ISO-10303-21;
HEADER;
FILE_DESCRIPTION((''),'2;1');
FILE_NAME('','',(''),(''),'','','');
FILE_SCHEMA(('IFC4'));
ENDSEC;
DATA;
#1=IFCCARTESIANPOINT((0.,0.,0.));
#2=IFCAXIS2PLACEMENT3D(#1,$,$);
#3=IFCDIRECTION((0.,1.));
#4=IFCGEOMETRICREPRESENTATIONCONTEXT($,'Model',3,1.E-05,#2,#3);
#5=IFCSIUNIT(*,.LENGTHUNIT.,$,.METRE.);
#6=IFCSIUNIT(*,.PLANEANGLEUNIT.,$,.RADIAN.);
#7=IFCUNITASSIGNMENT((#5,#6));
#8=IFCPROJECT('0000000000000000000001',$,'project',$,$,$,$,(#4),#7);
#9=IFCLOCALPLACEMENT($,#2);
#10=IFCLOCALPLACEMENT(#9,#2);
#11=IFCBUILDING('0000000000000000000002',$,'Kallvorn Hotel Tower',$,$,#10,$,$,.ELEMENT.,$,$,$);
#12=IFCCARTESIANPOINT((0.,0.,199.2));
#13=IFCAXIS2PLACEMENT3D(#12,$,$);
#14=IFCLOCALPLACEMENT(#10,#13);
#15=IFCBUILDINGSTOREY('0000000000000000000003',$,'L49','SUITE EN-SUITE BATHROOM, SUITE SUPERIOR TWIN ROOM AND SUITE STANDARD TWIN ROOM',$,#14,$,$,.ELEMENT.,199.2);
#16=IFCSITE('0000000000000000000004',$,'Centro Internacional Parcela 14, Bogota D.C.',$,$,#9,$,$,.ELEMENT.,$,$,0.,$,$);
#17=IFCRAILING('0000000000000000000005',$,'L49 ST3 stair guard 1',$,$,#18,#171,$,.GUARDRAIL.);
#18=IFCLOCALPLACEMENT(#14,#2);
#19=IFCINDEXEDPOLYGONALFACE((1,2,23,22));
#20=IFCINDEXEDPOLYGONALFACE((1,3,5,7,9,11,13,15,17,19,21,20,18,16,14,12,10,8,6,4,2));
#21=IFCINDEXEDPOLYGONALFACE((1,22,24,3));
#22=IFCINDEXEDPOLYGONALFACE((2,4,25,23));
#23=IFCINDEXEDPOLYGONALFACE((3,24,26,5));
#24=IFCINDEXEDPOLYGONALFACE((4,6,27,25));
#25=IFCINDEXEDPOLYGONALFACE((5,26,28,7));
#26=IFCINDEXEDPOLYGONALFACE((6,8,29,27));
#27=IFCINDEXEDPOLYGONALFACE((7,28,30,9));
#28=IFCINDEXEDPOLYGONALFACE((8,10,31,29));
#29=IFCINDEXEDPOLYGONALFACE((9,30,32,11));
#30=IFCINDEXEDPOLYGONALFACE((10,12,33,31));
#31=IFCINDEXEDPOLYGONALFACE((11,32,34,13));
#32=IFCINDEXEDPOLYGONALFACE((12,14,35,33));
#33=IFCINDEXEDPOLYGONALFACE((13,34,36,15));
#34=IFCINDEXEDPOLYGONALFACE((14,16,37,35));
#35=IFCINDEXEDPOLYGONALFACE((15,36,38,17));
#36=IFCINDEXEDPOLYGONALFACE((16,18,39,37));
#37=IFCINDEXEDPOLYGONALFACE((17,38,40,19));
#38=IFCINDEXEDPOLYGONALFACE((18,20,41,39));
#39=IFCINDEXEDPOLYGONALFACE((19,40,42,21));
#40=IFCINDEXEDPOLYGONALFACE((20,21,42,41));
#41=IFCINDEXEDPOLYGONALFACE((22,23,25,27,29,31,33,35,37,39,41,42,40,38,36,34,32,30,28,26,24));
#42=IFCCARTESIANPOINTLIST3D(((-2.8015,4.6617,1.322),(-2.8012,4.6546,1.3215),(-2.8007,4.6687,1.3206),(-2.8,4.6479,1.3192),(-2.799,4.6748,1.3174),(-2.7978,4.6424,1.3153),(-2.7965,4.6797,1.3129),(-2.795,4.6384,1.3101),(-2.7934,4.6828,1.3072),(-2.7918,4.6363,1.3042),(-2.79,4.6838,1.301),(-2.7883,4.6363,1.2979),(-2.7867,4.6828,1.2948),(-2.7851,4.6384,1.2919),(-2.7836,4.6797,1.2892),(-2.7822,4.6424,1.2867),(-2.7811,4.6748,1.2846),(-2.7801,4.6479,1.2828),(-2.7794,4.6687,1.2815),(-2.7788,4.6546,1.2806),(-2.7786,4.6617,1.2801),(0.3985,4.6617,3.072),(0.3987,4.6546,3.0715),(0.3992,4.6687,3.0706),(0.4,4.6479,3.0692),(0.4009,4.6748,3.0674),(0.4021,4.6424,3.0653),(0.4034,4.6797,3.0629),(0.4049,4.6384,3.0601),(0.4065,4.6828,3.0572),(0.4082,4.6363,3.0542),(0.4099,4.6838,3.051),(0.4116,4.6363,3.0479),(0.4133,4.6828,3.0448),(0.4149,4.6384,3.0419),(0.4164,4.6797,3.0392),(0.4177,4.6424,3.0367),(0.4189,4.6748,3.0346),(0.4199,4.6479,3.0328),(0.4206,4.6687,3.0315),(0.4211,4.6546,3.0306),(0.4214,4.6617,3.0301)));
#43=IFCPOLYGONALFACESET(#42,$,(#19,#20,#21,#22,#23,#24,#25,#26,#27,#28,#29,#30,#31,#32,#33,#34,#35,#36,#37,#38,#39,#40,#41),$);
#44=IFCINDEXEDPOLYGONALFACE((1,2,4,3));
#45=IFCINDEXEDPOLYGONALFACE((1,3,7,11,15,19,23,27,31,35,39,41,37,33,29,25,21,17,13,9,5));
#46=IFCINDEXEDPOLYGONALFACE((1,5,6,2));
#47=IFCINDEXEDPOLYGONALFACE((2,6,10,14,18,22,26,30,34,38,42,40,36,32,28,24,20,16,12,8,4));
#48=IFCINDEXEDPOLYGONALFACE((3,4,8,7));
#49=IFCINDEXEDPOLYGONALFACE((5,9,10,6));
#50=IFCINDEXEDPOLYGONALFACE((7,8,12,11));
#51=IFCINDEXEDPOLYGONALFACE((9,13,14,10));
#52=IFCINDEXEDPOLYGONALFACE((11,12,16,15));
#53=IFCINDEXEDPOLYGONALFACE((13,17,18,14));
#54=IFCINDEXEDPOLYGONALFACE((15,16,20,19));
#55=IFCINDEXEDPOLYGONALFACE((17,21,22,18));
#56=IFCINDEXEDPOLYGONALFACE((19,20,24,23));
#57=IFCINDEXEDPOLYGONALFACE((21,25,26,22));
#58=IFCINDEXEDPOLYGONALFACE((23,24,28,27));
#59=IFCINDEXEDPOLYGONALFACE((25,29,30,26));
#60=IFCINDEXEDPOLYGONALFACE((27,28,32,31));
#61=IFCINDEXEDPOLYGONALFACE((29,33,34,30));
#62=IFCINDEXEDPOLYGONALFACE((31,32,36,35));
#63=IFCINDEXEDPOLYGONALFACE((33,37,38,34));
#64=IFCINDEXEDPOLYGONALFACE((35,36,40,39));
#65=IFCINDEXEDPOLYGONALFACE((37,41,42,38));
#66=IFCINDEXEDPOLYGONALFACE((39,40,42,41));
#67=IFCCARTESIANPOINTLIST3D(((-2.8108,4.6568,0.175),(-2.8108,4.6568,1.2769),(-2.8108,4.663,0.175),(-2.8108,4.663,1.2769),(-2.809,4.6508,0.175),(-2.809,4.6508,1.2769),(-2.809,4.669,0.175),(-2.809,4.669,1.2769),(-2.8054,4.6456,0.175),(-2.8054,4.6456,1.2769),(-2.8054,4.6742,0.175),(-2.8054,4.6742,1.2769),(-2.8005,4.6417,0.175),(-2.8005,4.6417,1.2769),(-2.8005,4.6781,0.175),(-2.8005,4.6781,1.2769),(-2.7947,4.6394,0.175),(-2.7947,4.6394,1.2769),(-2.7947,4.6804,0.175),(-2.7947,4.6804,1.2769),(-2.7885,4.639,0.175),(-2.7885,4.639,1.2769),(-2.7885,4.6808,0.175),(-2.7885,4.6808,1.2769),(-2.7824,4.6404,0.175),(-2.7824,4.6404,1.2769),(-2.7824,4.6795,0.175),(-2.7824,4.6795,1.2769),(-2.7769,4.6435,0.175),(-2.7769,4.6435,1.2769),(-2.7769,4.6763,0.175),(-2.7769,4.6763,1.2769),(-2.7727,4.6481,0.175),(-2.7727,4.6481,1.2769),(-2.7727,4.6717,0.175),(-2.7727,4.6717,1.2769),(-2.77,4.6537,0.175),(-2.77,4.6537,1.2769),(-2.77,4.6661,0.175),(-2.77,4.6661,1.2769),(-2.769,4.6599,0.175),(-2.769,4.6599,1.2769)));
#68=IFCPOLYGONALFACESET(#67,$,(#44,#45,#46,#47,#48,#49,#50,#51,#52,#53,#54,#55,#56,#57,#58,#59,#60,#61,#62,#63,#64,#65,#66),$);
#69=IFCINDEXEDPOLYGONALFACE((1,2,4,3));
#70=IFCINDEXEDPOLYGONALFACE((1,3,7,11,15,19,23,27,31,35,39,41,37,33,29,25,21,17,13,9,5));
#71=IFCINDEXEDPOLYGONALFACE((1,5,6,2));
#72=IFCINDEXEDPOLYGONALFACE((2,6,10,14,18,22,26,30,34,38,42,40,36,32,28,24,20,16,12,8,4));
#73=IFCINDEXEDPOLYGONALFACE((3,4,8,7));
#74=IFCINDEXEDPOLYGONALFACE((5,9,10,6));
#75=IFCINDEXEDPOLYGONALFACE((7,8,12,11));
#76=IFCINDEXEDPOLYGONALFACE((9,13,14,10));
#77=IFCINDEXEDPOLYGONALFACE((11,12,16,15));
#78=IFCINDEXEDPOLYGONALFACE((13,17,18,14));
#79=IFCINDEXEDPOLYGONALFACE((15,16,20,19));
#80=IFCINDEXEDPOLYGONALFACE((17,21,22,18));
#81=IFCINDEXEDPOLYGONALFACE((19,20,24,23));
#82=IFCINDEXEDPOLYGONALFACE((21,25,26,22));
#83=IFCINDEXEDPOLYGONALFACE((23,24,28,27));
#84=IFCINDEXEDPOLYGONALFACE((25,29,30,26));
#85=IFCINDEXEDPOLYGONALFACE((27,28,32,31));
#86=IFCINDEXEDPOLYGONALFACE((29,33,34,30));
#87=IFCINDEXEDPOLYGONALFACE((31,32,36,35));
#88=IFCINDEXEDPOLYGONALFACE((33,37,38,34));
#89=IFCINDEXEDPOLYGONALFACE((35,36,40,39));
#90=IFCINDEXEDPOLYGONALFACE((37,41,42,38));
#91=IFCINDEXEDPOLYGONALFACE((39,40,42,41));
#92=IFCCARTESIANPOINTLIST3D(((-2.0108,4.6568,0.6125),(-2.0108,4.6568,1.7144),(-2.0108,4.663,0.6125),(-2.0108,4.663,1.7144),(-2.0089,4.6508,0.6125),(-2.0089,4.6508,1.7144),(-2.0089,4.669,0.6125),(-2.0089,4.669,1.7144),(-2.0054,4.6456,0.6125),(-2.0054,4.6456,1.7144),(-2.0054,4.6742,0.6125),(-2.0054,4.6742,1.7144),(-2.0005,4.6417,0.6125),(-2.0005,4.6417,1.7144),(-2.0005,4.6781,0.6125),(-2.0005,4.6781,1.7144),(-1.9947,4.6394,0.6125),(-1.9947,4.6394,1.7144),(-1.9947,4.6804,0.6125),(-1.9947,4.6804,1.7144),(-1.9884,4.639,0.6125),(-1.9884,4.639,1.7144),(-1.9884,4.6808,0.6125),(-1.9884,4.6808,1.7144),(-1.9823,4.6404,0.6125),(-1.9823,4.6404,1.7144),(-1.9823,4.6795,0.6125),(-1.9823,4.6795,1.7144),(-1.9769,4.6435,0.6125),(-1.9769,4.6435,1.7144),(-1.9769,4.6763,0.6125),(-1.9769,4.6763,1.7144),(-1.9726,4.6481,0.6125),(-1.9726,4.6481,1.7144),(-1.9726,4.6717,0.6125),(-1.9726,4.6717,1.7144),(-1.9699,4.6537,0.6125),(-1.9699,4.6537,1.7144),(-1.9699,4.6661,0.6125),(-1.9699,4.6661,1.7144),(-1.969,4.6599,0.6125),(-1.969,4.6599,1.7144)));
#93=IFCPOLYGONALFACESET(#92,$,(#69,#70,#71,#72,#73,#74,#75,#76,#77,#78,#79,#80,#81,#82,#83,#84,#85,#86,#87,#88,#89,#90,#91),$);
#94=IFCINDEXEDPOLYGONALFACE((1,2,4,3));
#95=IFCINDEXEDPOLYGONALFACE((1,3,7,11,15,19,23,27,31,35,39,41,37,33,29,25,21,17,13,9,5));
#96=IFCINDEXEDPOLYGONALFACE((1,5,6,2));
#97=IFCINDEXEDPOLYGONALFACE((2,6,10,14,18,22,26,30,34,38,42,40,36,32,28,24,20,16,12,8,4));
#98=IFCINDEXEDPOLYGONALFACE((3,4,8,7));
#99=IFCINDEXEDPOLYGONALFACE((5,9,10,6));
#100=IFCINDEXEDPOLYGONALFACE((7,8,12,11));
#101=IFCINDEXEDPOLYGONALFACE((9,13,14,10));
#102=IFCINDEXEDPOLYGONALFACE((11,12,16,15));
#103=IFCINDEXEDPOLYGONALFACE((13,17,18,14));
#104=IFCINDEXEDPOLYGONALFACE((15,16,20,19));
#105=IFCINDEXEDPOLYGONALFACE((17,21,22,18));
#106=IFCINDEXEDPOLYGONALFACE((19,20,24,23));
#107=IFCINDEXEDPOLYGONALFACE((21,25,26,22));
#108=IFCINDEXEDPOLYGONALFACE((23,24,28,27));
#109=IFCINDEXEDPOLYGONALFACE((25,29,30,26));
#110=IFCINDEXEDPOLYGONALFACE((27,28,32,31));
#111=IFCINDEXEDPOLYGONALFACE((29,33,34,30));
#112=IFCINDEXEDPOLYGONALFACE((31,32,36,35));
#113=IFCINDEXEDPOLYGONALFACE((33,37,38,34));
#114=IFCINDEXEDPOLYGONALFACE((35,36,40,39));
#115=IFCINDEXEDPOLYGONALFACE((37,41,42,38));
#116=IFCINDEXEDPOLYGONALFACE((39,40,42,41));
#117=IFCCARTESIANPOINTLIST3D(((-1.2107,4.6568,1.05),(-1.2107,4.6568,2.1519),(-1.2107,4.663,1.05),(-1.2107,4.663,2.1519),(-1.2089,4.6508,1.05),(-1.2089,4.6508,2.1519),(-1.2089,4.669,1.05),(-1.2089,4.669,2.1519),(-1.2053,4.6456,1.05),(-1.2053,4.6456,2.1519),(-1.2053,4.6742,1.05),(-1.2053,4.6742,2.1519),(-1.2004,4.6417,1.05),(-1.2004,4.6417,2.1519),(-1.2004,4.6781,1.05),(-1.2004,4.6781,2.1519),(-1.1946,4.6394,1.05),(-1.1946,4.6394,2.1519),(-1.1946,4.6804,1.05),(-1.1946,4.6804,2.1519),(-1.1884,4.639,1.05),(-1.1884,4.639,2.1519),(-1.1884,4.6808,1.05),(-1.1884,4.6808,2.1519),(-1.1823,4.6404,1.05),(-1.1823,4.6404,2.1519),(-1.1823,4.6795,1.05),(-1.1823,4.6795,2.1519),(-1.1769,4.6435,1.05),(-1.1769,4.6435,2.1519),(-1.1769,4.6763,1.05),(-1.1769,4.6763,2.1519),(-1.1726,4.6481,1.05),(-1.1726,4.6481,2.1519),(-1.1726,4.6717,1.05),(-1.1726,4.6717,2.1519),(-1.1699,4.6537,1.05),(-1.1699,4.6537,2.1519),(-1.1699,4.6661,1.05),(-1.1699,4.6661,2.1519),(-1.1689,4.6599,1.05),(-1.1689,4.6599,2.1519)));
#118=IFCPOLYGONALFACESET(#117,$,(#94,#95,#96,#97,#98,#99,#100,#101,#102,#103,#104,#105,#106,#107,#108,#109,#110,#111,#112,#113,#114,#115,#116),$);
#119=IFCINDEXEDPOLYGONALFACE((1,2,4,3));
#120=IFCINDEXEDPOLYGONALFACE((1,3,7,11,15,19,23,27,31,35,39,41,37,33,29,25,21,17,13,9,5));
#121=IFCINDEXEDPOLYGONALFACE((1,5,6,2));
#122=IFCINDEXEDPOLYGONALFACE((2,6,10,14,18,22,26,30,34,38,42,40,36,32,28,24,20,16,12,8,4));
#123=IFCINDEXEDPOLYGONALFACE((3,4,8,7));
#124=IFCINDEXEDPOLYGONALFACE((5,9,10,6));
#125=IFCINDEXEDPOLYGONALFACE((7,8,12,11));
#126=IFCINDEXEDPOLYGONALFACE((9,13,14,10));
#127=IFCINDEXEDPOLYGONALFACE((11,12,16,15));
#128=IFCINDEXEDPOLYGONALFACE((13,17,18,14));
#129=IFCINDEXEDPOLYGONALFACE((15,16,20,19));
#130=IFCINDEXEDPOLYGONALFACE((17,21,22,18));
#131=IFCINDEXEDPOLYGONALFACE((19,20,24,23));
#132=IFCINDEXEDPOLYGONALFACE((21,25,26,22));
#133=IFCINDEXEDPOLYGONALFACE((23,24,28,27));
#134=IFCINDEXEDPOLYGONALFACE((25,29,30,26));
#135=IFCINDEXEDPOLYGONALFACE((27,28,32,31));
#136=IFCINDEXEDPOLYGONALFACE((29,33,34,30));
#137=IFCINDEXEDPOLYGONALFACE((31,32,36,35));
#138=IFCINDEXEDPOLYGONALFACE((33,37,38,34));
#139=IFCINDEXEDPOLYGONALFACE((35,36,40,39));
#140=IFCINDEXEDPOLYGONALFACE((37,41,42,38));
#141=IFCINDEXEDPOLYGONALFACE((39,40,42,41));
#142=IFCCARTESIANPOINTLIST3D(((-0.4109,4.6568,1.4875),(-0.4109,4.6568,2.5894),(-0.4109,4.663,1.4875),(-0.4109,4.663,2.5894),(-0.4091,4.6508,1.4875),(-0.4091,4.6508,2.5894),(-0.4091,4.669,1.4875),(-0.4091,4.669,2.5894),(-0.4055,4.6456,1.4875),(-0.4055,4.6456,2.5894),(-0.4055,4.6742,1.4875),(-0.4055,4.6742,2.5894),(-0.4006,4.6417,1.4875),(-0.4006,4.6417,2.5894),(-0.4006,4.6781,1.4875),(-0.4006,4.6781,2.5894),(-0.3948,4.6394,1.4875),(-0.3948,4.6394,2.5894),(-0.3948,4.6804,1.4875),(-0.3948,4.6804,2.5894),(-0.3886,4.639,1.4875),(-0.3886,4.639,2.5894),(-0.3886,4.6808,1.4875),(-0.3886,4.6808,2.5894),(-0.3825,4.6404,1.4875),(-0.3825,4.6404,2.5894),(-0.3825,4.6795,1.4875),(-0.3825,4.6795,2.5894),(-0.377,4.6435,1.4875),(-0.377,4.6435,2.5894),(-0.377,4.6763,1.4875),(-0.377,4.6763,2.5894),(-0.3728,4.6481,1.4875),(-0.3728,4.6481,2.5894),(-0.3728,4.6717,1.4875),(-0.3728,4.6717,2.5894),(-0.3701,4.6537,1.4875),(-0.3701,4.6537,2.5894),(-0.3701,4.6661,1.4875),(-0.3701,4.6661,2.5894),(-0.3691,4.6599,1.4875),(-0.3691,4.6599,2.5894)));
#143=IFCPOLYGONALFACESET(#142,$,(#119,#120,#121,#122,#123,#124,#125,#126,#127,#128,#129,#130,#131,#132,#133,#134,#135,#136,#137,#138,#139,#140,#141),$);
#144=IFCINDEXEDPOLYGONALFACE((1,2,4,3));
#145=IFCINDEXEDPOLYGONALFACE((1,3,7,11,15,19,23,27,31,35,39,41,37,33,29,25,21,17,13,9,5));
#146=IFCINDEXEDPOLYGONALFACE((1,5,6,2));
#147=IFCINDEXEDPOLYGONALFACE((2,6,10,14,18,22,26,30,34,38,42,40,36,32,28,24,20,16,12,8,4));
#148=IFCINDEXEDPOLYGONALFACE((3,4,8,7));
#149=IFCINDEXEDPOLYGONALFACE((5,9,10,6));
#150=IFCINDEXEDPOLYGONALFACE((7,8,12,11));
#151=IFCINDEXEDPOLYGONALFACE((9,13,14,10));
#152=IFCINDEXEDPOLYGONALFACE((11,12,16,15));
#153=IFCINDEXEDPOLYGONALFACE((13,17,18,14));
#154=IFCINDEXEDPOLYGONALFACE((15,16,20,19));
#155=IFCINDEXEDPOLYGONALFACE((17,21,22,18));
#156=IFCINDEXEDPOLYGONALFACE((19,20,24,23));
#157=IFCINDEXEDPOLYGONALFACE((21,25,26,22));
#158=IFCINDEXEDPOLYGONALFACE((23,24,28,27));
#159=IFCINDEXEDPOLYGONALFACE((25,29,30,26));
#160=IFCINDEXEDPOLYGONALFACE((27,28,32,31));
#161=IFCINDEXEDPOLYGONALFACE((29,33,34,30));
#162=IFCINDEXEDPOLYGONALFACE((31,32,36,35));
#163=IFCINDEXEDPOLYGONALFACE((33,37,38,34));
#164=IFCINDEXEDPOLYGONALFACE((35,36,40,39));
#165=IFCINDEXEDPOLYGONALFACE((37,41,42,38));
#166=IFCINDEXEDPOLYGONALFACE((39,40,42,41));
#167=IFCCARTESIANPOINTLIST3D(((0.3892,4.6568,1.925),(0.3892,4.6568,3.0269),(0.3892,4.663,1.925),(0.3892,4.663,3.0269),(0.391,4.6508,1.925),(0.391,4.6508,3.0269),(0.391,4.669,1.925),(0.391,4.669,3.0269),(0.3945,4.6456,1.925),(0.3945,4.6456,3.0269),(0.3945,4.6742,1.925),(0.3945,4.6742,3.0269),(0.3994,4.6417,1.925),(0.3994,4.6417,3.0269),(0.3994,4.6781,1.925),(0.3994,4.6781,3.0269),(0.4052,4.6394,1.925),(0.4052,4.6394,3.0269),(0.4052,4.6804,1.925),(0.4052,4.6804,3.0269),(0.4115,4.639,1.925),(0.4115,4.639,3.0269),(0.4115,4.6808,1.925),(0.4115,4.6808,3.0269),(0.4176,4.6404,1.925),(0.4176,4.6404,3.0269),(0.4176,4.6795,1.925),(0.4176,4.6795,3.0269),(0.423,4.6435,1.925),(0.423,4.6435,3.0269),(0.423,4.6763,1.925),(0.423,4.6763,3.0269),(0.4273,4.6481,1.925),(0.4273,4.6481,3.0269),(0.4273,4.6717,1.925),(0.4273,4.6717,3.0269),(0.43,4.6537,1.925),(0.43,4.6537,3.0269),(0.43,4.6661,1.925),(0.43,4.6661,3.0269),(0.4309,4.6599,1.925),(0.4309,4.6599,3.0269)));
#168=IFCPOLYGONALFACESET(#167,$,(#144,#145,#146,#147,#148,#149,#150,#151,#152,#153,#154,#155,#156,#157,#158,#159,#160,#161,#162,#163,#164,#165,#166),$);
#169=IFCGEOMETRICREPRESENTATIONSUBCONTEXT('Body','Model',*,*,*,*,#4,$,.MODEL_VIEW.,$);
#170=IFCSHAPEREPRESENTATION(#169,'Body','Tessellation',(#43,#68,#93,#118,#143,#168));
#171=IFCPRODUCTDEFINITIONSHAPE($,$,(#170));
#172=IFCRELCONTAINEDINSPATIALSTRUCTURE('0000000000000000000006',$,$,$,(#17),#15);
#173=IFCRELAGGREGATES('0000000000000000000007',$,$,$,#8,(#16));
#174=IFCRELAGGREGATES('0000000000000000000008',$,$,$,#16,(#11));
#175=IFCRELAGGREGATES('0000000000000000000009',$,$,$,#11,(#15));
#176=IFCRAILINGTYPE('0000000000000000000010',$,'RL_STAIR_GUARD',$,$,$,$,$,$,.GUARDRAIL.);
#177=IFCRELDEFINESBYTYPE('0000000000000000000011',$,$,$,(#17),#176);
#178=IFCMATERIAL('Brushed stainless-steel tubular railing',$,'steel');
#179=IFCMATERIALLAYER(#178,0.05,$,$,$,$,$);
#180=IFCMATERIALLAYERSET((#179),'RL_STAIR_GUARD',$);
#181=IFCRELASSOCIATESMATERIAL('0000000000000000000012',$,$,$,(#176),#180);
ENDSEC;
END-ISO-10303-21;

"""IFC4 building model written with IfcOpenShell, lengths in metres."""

from ifc_helpers import new_model, si_unit, direction, frame, origin, origin_2d, place, context, subcontext, project, spatial, circle, extrude, material, layer, layer_set, type_object, element, save


model = new_model("IFC4")

# Units and contexts
model_context = context("Model", 3, precision=1e-05, world=origin(), true_north=direction((0.0, 1.0)))
body_context = subcontext(model_context, "Body", "Model", "MODEL_VIEW")
ifc_project = project(units=[si_unit("LENGTHUNIT", "METRE"), si_unit("PLANEANGLEUNIT", "RADIAN")], contexts=[model_context])

# Site, building, storey
site_placement = place(None, origin())
site = spatial("IfcSite", under=ifc_project, at=site_placement, Name="Centro Internacional Parcela 14, Bogota D.C.", CompositionType="ELEMENT", RefElevation=0.0)
building_placement = place(site_placement, origin())
building = spatial("IfcBuilding", under=site, at=building_placement, Name="Kallvorn Hotel Tower", CompositionType="ELEMENT")
storey_placement = place(building_placement, frame((0.0, 0.0, 199.2)))
storey = spatial("IfcBuildingStorey", under=building, at=storey_placement, Name="L49", Description="SUITE EN-SUITE BATHROOM, SUITE SUPERIOR TWIN ROOM AND SUITE STANDARD TWIN ROOM", CompositionType="ELEMENT", Elevation=199.2)

# Railing
ifc_material_1 = material(Name="Brushed stainless-steel tubular railing", Category="steel")
ifc_layer_1 = layer(ifc_material_1, 0.05)
ifc_layer_set_1 = layer_set([ifc_layer_1], Name="RL_STAIR_GUARD")
railing_type_1 = type_object("IfcRailingType", Name="RL_STAIR_GUARD", PredefinedType="GUARDRAIL", material=ifc_layer_set_1)
railing_1_placement = place(storey_placement, frame((-2.79, 4.6599, 0.175)))
element("IfcRailing", 1, at=railing_1_placement, inside=storey, type_object=railing_type_1, Name="L49 ST3 stair guard 1", PredefinedType="GUARDRAIL", context=body_context, shape_type="SweptSolid", body=[
    extrude(circle(Radius=0.0239, at=origin_2d()), frame((0.0, 0.0, 1.126), z_axis=(0.877368, 0.0, 0.479818), x_axis=(0.0, 1.0, 0.0)), (0.0, 0.0, 1.0), 3.6472),
    extrude(circle(Radius=0.021, at=origin_2d()), origin(), (0.0, 0.0, 1.0), 1.1018),
    extrude(circle(Radius=0.021, at=origin_2d()), frame((0.8, 0.0, 0.4375)), (0.0, 0.0, 1.0), 1.1018),
    extrude(circle(Radius=0.021, at=origin_2d()), frame((1.6001, 0.0, 0.875)), (0.0, 0.0, 1.0), 1.1018),
    extrude(circle(Radius=0.021, at=origin_2d()), frame((2.3999, 0.0, 1.3125)), (0.0, 0.0, 1.0), 1.1018),
    extrude(circle(Radius=0.021, at=origin_2d()), frame((3.2, 0.0, 1.75)), (0.0, 0.0, 1.0), 1.1018),
])

save(model, "model.ifc")
